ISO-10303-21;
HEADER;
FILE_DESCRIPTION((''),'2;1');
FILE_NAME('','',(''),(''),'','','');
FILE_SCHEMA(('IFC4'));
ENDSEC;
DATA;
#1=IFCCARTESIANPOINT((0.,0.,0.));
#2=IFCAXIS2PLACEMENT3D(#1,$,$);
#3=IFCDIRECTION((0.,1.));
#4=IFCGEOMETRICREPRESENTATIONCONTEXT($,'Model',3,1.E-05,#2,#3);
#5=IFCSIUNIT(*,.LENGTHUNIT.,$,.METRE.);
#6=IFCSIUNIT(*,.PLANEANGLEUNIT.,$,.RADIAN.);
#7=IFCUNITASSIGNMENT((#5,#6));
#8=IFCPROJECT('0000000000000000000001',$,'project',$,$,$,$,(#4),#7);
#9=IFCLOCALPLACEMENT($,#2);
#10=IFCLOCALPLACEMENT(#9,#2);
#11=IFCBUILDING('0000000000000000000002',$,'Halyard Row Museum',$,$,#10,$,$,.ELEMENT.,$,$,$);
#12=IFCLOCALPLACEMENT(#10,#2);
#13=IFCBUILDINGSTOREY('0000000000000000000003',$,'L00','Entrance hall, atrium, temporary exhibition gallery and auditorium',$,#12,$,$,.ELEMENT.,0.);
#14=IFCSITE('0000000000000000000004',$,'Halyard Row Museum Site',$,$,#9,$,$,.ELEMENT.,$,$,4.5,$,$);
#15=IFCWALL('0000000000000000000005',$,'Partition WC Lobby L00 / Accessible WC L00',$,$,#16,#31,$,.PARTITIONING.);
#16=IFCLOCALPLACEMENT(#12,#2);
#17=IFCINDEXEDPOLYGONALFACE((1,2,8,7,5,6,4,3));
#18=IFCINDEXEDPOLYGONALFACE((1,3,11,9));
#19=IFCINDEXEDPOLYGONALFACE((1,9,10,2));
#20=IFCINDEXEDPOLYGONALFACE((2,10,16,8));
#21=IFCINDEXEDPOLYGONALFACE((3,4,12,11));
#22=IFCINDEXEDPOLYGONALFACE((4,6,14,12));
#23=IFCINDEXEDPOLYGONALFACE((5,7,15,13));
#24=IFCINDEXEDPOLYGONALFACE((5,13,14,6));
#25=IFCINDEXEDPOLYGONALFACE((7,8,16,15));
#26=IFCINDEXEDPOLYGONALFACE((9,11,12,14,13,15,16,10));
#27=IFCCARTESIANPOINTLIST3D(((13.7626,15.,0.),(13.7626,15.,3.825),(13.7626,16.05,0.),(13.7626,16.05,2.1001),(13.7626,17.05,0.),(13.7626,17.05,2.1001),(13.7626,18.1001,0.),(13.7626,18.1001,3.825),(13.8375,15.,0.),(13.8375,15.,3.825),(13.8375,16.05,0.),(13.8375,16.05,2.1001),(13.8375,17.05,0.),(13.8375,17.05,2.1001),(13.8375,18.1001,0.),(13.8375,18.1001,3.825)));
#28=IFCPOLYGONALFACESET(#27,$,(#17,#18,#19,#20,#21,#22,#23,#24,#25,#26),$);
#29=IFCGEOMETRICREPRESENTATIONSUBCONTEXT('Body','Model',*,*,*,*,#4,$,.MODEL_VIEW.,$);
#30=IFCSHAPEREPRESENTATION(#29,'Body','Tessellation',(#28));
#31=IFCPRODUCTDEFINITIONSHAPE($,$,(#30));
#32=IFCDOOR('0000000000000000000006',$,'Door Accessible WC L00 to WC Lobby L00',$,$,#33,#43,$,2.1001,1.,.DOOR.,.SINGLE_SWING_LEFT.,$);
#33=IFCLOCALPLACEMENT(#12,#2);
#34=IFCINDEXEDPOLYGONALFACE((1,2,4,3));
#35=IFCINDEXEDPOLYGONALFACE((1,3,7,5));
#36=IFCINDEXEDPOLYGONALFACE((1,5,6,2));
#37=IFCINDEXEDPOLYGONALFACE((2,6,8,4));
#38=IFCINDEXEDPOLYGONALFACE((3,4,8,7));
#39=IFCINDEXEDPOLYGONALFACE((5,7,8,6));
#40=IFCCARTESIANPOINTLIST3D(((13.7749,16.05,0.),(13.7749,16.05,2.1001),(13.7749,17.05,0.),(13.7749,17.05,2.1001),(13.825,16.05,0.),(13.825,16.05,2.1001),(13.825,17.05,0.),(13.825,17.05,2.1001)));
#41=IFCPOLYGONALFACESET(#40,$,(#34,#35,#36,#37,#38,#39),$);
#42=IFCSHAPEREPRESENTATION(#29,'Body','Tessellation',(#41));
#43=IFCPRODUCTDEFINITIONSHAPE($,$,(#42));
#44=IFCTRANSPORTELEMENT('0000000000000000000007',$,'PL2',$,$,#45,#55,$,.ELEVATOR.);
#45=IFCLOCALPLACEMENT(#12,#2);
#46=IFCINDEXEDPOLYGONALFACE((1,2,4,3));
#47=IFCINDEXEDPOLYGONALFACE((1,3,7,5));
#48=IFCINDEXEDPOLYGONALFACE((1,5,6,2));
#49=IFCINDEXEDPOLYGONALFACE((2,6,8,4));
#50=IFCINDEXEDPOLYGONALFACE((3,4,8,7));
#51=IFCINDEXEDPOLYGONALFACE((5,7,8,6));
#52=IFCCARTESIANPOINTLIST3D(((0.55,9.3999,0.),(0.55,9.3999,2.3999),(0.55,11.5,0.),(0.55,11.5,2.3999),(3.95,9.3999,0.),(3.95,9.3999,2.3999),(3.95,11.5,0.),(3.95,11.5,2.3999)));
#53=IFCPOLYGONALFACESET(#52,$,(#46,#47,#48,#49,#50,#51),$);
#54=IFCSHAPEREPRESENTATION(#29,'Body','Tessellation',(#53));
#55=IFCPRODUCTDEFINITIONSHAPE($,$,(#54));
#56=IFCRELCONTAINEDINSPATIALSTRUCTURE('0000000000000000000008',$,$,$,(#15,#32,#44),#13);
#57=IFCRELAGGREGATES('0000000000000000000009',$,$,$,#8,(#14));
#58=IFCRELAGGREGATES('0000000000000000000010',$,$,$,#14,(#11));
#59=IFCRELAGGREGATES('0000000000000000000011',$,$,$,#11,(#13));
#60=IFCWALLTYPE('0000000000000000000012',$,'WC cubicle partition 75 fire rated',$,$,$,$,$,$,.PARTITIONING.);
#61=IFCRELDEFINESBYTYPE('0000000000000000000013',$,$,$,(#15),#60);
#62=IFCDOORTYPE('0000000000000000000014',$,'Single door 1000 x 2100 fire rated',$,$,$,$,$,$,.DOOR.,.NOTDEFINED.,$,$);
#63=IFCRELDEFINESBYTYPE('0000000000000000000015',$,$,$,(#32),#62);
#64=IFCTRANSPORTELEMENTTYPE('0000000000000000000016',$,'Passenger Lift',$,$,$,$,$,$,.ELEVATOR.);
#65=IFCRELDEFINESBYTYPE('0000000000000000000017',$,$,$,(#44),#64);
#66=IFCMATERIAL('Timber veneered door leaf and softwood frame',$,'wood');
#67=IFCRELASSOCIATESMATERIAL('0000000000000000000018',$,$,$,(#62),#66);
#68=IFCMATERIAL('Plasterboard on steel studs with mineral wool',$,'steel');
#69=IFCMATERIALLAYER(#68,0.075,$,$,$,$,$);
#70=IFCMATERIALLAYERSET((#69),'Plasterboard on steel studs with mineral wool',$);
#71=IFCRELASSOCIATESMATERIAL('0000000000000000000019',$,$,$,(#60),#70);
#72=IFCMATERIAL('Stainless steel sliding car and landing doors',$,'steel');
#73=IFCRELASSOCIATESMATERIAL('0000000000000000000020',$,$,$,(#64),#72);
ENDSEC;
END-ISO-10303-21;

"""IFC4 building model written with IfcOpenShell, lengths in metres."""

from ifc_helpers import new_model, si_unit, direction, frame, frame_2d, origin, origin_2d, place, context, subcontext, project, spatial, rectangle, extrude, material, layer, layer_set, type_object, element, fill, save


model = new_model("IFC4")

# Units and contexts
model_context = context("Model", 3, precision=1e-05, world=origin(), true_north=direction((0.0, 1.0)))
body_context = subcontext(model_context, "Body", "Model", "MODEL_VIEW")
ifc_project = project(units=[si_unit("LENGTHUNIT", "METRE"), si_unit("PLANEANGLEUNIT", "RADIAN")], contexts=[model_context])

# Site, building, storey
site_placement = place(None, origin())
site = spatial("IfcSite", under=ifc_project, at=site_placement, Name="Halyard Row Museum Site", CompositionType="ELEMENT", RefElevation=4.5)
building_placement = place(site_placement, origin())
building = spatial("IfcBuilding", under=site, at=building_placement, Name="Halyard Row Museum", CompositionType="ELEMENT")
storey_placement = place(building_placement, origin())
storey = spatial("IfcBuildingStorey", under=building, at=storey_placement, Name="L00", Description="Entrance hall, atrium, temporary exhibition gallery and auditorium", CompositionType="ELEMENT", Elevation=0.0)

# Shared definitions
ifc_material_1 = material(Name="Timber veneered door leaf and softwood frame", Category="wood")
door_type_1 = type_object("IfcDoorType", Name="Single door 1000 x 2100 fire rated", OperationType="NOTDEFINED", PredefinedType="DOOR", material=ifc_material_1)

# Wall, opening, door
ifc_material_2 = material(Name="Plasterboard on steel studs with mineral wool", Category="steel")
ifc_layer_1 = layer(ifc_material_2, 0.075)
ifc_layer_set_1 = layer_set([ifc_layer_1], Name="Plasterboard on steel studs with mineral wool")
wall_type_1 = type_object("IfcWallType", Name="WC cubicle partition 75 fire rated", PredefinedType="PARTITIONING", material=ifc_layer_set_1)
wall_1_placement = place(storey_placement, frame((13.8, 15.0, 0.0), z_axis=(0.0, 0.0, 1.0), x_axis=(0.0, 1.0, 0.0)))
wall_1 = element("IfcWall", 1, at=wall_1_placement, inside=storey, type_object=wall_type_1, Name="Partition WC Lobby L00 / Accessible WC L00", PredefinedType="PARTITIONING", context=body_context, shape_type="SweptSolid", body=[
    extrude(rectangle(XDim=3.1001, YDim=0.075, at=frame_2d((1.55, 0.0))), origin(), (0.0, 0.0, 1.0), 3.825),
])
opening_1_placement = place(wall_1_placement, frame((1.05, 0.0, 0.0)))
opening_1 = element("IfcOpeningElement", 2, at=opening_1_placement, cuts=wall_1, PredefinedType="OPENING", context=body_context, shape_type="SweptSolid", body=[
    extrude(rectangle(XDim=1.0, YDim=2.1001, at=frame_2d((0.5, 1.05))), frame((0.0, 0.0474, 0.0), z_axis=(0.0, -1.0, 0.0), x_axis=(1.0, 0.0, 0.0)), (0.0, 0.0, 1.0), 0.095),
])
door_1_placement = place(opening_1_placement, frame((1.0, 0.0, 0.0), z_axis=(0.0, 0.0, 1.0), x_axis=(-1.0, 0.0, 0.0)))
door_1 = element("IfcDoor", 3, at=door_1_placement, inside=storey, type_object=door_type_1, Name="Door Accessible WC L00 to WC Lobby L00", OperationType="SINGLE_SWING_LEFT", OverallHeight=2.1001, OverallWidth=1.0, PredefinedType="DOOR", context=body_context, shape_type="SweptSolid", body=[
    extrude(rectangle(XDim=1.0, YDim=2.1001, at=frame_2d((0.5, 1.05))), frame((0.0, 0.0249, 0.0), z_axis=(0.0, -1.0, 0.0), x_axis=(1.0, 0.0, 0.0)), (0.0, 0.0, 1.0), 0.05),
])
fill(opening_1, door_1)

# Transport element
ifc_material_3 = material(Name="Stainless steel sliding car and landing doors", Category="steel")
transport_element_type = type_object("IfcTransportElementType", Name="Passenger Lift", PredefinedType="ELEVATOR", material=ifc_material_3)
transport_element_placement = place(storey_placement, frame((2.25, 10.45, 0.0), z_axis=(0.0, 0.0, 1.0), x_axis=(1.0, 0.0, 0.0)))
element("IfcTransportElement", 4, at=transport_element_placement, inside=storey, type_object=transport_element_type, Name="PL2", PredefinedType="ELEVATOR", context=body_context, shape_type="SweptSolid", body=[
    extrude(rectangle(XDim=3.3999, YDim=2.1001, at=origin_2d()), origin(), (0.0, 0.0, 1.0), 2.3999),
])

save(model, "model.ifc")
